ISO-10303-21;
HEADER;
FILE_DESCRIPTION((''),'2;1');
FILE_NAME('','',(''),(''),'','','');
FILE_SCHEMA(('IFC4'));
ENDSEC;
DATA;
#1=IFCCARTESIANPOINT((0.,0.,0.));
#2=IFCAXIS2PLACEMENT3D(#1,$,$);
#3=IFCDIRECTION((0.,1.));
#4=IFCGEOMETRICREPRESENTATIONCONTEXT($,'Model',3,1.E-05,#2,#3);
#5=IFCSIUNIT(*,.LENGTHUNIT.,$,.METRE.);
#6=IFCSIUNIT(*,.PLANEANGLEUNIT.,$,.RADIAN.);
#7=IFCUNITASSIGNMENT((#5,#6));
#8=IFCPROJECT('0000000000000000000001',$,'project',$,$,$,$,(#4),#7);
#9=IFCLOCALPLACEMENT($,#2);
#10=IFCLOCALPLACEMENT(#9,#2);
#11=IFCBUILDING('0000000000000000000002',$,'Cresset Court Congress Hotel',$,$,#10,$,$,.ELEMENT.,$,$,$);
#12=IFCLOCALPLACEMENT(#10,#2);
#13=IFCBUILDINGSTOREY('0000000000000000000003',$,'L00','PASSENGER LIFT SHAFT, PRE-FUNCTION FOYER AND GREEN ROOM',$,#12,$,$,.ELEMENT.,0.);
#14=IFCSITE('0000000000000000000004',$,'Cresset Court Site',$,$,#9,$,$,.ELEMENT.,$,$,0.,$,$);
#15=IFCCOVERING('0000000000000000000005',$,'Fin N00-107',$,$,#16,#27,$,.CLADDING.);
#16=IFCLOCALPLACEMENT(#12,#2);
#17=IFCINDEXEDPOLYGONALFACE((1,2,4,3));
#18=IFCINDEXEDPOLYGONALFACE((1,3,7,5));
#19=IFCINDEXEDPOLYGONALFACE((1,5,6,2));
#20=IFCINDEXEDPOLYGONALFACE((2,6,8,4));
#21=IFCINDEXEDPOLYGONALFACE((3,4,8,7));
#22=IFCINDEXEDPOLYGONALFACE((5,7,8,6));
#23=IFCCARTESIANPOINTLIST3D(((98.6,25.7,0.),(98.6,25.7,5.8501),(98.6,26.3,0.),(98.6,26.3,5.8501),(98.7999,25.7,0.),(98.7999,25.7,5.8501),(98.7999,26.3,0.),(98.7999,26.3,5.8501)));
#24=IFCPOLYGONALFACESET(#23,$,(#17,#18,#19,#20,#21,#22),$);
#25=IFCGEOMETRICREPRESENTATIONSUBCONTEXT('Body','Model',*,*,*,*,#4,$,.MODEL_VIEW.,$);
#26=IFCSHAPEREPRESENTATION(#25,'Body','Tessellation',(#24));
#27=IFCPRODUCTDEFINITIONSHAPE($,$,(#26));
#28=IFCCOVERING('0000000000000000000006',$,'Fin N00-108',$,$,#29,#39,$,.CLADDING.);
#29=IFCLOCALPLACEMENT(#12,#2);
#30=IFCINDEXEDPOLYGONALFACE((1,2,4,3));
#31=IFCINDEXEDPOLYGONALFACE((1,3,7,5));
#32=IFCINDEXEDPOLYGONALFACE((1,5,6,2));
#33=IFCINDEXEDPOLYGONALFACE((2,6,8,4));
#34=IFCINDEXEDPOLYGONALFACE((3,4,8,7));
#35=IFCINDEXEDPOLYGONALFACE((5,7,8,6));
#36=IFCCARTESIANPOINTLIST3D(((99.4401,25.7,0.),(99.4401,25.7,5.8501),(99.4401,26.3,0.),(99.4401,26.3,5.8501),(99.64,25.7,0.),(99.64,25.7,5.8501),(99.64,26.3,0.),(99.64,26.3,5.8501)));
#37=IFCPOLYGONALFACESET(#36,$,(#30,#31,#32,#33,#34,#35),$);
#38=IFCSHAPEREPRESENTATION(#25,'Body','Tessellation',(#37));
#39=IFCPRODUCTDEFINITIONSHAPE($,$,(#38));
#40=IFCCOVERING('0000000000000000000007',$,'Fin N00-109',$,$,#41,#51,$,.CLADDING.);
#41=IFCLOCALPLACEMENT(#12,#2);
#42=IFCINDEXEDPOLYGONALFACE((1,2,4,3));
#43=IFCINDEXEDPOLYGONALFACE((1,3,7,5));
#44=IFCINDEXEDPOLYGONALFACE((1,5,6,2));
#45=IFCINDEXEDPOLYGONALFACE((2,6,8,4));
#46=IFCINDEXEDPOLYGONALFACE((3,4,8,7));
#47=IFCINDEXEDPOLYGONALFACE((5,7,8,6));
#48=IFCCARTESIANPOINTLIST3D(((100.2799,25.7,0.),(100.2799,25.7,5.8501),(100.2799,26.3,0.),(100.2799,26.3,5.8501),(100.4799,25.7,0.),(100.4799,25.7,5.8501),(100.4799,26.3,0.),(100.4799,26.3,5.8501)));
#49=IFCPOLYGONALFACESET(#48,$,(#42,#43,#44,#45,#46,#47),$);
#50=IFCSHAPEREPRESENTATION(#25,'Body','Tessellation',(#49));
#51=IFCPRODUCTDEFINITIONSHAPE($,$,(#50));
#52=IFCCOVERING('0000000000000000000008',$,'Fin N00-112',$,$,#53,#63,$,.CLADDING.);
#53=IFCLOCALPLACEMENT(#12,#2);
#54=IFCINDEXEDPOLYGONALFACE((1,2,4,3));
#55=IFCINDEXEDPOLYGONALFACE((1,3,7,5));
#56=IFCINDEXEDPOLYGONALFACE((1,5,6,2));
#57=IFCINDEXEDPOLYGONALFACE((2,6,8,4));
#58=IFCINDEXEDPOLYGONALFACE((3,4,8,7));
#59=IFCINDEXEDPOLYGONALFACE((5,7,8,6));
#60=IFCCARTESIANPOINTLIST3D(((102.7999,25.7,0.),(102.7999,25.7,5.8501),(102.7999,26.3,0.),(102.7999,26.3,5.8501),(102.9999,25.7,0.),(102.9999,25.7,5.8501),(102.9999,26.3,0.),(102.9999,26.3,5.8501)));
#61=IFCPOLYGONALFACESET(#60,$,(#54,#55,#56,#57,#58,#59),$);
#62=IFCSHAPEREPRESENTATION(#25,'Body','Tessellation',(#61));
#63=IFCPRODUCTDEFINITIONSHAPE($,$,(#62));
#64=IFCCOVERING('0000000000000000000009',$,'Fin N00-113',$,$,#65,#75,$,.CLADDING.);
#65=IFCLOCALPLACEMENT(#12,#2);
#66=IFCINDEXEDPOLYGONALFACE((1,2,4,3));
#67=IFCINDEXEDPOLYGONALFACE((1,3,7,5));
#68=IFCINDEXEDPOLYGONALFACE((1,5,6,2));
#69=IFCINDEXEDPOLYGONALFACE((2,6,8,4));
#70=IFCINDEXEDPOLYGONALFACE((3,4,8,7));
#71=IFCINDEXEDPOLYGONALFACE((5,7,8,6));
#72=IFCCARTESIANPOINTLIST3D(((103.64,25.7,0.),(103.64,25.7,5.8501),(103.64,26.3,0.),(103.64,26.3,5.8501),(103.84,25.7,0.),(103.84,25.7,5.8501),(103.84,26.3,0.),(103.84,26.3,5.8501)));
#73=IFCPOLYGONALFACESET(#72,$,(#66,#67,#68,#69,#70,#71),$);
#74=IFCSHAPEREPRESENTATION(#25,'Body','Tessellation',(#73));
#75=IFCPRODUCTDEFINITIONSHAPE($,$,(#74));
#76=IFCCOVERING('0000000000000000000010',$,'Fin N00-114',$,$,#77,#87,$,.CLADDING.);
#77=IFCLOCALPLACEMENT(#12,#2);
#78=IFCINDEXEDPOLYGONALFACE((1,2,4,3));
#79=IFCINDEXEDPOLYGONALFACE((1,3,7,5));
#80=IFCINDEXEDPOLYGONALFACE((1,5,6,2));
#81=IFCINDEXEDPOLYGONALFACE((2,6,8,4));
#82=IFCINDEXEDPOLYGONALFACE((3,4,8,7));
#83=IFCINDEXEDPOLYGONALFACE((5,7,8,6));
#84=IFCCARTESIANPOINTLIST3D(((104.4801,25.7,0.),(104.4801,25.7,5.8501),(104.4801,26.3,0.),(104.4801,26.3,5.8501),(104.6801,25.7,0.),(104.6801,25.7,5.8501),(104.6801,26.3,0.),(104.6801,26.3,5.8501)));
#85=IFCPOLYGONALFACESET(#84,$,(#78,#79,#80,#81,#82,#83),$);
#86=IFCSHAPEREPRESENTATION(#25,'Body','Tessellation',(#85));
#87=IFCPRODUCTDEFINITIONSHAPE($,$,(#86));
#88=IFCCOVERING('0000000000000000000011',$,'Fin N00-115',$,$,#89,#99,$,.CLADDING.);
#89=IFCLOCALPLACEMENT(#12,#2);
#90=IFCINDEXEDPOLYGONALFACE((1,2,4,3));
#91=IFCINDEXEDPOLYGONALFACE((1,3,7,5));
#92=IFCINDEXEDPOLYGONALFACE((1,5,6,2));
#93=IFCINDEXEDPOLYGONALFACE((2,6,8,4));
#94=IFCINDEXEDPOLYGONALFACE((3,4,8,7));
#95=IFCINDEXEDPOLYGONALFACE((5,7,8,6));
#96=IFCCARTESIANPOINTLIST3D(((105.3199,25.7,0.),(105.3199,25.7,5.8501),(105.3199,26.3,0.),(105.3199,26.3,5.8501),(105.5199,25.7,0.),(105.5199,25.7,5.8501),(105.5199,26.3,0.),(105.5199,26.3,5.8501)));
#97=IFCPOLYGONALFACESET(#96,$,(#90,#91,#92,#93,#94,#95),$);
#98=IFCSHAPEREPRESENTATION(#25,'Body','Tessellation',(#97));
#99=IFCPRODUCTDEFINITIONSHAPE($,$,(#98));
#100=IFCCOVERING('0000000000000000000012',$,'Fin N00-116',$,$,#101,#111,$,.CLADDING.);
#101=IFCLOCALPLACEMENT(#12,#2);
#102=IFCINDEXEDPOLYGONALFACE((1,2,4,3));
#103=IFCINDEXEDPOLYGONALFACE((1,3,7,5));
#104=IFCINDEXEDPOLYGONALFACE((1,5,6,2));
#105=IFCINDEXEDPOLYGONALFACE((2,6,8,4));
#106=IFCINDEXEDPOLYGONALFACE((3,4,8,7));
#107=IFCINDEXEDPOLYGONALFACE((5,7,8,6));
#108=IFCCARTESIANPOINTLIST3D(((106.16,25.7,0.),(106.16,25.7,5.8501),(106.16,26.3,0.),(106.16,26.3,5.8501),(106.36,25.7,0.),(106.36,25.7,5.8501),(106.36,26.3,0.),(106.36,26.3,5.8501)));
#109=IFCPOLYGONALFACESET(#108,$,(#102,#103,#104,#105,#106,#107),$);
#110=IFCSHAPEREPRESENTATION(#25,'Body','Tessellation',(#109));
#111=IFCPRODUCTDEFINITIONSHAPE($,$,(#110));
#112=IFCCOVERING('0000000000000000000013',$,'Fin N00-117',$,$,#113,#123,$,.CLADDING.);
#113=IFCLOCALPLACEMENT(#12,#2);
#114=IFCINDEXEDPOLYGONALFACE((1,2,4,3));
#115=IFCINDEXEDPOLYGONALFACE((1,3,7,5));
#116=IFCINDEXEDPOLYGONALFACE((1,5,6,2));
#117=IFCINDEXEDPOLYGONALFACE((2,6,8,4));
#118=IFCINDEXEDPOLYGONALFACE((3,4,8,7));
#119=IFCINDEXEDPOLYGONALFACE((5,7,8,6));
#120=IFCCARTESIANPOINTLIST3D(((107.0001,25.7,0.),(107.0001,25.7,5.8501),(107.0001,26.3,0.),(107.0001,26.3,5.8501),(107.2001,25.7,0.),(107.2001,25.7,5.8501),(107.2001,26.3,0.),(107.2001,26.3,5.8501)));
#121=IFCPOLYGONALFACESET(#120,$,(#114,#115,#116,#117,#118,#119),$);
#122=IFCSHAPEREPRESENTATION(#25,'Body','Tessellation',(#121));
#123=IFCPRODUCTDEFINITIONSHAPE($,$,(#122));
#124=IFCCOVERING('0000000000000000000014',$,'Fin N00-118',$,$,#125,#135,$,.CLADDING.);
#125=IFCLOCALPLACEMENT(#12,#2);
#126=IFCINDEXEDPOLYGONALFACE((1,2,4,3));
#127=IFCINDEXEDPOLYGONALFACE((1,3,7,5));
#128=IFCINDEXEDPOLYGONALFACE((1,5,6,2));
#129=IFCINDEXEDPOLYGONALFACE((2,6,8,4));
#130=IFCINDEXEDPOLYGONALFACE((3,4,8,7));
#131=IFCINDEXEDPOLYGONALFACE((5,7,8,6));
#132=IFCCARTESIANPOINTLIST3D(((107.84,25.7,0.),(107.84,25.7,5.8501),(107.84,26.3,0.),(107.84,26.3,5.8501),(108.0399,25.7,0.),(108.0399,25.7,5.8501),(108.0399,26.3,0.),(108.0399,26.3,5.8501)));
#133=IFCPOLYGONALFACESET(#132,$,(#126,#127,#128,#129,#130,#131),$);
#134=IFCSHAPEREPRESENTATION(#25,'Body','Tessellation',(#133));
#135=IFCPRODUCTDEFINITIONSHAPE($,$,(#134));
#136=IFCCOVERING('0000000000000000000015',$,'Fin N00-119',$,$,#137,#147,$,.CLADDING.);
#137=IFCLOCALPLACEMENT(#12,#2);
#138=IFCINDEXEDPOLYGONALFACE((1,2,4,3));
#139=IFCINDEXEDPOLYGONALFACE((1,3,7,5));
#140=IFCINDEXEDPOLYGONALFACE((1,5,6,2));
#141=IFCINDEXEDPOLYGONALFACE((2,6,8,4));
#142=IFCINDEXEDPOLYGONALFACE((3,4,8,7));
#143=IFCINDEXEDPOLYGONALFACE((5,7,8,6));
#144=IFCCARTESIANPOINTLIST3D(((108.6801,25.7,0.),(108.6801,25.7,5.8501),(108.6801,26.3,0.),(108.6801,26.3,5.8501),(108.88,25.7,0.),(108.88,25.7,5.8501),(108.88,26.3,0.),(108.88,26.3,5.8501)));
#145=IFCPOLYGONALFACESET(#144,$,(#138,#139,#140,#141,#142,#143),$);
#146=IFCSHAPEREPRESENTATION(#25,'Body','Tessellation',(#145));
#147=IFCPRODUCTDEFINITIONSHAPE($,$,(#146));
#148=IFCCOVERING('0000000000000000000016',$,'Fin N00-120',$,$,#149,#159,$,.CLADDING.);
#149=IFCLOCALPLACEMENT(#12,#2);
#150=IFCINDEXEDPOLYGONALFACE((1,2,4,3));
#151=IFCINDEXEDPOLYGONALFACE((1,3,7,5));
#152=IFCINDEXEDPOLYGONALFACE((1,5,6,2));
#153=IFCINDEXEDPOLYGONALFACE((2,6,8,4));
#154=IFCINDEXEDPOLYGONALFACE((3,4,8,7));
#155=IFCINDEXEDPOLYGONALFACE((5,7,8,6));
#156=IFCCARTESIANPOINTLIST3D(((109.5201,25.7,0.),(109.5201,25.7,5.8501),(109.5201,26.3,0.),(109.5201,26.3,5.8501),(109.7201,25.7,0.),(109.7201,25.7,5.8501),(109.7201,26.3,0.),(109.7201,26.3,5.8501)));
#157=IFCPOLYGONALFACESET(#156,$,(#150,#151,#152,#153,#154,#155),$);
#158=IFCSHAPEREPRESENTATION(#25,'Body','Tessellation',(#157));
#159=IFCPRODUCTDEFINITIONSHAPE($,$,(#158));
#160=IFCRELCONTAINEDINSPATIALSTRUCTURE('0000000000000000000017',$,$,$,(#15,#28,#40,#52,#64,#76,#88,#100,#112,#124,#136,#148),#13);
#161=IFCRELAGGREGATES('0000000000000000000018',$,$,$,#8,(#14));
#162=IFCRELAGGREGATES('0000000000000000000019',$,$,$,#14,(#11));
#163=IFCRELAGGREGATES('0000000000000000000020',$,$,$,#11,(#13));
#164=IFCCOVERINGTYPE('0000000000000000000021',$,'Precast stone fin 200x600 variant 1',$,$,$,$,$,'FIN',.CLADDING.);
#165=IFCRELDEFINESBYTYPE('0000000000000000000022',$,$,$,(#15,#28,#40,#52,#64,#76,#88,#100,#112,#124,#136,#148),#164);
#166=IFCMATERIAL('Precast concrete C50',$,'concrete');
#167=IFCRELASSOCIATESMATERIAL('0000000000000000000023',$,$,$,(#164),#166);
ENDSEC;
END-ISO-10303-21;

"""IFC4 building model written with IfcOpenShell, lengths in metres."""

from ifc_helpers import new_model, si_unit, direction, frame, origin, origin_2d, place, context, subcontext, project, spatial, rectangle, extrude, material, type_object, element, save


model = new_model("IFC4")

# Units and contexts
model_context = context("Model", 3, precision=1e-05, world=origin(), true_north=direction((0.0, 1.0)))
body_context = subcontext(model_context, "Body", "Model", "MODEL_VIEW")
ifc_project = project(units=[si_unit("LENGTHUNIT", "METRE"), si_unit("PLANEANGLEUNIT", "RADIAN")], contexts=[model_context])

# Site, building, storey
site_placement = place(None, origin())
site = spatial("IfcSite", under=ifc_project, at=site_placement, Name="Cresset Court Site", CompositionType="ELEMENT", RefElevation=0.0)
building_placement = place(site_placement, origin())
building = spatial("IfcBuilding", under=site, at=building_placement, Name="Cresset Court Congress Hotel", CompositionType="ELEMENT")
storey_placement = place(building_placement, origin())
storey = spatial("IfcBuildingStorey", under=building, at=storey_placement, Name="L00", Description="PASSENGER LIFT SHAFT, PRE-FUNCTION FOYER AND GREEN ROOM", CompositionType="ELEMENT", Elevation=0.0)

# Coverings
ifc_material_1 = material(Name="Precast concrete C50", Category="concrete")
covering_type = type_object("IfcCoveringType", Name="Precast stone fin 200x600 variant 1", ElementType="FIN", PredefinedType="CLADDING", material=ifc_material_1)
for number, where, z_axis, x_axis, name in (
    (1, (98.7, 26.0, 0.0), (0.0, 0.0, 1.0), (1.0, 0.0, 0.0), "Fin N00-107"),
    (2, (99.54, 26.0, 0.0), (0.0, 0.0, 1.0), (1.0, 0.0, 0.0), "Fin N00-108"),
    (3, (100.3799, 26.0, 0.0), (0.0, 0.0, 1.0), (1.0, 0.0, 0.0), "Fin N00-109"),
    (4, (102.8999, 26.0, 0.0), (0.0, 0.0, 1.0), (1.0, 0.0, 0.0), "Fin N00-112"),
    (5, (103.74, 26.0, 0.0), (0.0, 0.0, 1.0), (1.0, 0.0, 0.0), "Fin N00-113"),
    (6, (104.5801, 26.0, 0.0), (0.0, 0.0, 1.0), (1.0, 0.0, 0.0), "Fin N00-114"),
    (7, (105.4199, 26.0, 0.0), (0.0, 0.0, 1.0), (1.0, 0.0, 0.0), "Fin N00-115"),
    (8, (106.26, 26.0, 0.0), (0.0, 0.0, 1.0), (1.0, 0.0, 0.0), "Fin N00-116"),
    (9, (107.1001, 26.0, 0.0), (0.0, 0.0, 1.0), (1.0, 0.0, 0.0), "Fin N00-117"),
    (10, (107.9399, 26.0, 0.0), (0.0, 0.0, 1.0), (1.0, 0.0, 0.0), "Fin N00-118"),
    (11, (108.78, 26.0, 0.0), (0.0, 0.0, 1.0), (1.0, 0.0, 0.0), "Fin N00-119"),
    (12, (109.6201, 26.0, 0.0), (0.0, 0.0, 1.0), (1.0, 0.0, 0.0), "Fin N00-120"),
):
    element("IfcCovering", number, at=place(storey_placement, frame(where, z_axis=z_axis, x_axis=x_axis)), inside=storey, type_object=covering_type, Name=name, PredefinedType="CLADDING", context=body_context, shape_type="SweptSolid", body=[
        extrude(rectangle(XDim=0.2, YDim=0.6001, at=origin_2d()), origin(), (0.0, 0.0, 1.0), 5.8501),
    ])

save(model, "model.ifc")
